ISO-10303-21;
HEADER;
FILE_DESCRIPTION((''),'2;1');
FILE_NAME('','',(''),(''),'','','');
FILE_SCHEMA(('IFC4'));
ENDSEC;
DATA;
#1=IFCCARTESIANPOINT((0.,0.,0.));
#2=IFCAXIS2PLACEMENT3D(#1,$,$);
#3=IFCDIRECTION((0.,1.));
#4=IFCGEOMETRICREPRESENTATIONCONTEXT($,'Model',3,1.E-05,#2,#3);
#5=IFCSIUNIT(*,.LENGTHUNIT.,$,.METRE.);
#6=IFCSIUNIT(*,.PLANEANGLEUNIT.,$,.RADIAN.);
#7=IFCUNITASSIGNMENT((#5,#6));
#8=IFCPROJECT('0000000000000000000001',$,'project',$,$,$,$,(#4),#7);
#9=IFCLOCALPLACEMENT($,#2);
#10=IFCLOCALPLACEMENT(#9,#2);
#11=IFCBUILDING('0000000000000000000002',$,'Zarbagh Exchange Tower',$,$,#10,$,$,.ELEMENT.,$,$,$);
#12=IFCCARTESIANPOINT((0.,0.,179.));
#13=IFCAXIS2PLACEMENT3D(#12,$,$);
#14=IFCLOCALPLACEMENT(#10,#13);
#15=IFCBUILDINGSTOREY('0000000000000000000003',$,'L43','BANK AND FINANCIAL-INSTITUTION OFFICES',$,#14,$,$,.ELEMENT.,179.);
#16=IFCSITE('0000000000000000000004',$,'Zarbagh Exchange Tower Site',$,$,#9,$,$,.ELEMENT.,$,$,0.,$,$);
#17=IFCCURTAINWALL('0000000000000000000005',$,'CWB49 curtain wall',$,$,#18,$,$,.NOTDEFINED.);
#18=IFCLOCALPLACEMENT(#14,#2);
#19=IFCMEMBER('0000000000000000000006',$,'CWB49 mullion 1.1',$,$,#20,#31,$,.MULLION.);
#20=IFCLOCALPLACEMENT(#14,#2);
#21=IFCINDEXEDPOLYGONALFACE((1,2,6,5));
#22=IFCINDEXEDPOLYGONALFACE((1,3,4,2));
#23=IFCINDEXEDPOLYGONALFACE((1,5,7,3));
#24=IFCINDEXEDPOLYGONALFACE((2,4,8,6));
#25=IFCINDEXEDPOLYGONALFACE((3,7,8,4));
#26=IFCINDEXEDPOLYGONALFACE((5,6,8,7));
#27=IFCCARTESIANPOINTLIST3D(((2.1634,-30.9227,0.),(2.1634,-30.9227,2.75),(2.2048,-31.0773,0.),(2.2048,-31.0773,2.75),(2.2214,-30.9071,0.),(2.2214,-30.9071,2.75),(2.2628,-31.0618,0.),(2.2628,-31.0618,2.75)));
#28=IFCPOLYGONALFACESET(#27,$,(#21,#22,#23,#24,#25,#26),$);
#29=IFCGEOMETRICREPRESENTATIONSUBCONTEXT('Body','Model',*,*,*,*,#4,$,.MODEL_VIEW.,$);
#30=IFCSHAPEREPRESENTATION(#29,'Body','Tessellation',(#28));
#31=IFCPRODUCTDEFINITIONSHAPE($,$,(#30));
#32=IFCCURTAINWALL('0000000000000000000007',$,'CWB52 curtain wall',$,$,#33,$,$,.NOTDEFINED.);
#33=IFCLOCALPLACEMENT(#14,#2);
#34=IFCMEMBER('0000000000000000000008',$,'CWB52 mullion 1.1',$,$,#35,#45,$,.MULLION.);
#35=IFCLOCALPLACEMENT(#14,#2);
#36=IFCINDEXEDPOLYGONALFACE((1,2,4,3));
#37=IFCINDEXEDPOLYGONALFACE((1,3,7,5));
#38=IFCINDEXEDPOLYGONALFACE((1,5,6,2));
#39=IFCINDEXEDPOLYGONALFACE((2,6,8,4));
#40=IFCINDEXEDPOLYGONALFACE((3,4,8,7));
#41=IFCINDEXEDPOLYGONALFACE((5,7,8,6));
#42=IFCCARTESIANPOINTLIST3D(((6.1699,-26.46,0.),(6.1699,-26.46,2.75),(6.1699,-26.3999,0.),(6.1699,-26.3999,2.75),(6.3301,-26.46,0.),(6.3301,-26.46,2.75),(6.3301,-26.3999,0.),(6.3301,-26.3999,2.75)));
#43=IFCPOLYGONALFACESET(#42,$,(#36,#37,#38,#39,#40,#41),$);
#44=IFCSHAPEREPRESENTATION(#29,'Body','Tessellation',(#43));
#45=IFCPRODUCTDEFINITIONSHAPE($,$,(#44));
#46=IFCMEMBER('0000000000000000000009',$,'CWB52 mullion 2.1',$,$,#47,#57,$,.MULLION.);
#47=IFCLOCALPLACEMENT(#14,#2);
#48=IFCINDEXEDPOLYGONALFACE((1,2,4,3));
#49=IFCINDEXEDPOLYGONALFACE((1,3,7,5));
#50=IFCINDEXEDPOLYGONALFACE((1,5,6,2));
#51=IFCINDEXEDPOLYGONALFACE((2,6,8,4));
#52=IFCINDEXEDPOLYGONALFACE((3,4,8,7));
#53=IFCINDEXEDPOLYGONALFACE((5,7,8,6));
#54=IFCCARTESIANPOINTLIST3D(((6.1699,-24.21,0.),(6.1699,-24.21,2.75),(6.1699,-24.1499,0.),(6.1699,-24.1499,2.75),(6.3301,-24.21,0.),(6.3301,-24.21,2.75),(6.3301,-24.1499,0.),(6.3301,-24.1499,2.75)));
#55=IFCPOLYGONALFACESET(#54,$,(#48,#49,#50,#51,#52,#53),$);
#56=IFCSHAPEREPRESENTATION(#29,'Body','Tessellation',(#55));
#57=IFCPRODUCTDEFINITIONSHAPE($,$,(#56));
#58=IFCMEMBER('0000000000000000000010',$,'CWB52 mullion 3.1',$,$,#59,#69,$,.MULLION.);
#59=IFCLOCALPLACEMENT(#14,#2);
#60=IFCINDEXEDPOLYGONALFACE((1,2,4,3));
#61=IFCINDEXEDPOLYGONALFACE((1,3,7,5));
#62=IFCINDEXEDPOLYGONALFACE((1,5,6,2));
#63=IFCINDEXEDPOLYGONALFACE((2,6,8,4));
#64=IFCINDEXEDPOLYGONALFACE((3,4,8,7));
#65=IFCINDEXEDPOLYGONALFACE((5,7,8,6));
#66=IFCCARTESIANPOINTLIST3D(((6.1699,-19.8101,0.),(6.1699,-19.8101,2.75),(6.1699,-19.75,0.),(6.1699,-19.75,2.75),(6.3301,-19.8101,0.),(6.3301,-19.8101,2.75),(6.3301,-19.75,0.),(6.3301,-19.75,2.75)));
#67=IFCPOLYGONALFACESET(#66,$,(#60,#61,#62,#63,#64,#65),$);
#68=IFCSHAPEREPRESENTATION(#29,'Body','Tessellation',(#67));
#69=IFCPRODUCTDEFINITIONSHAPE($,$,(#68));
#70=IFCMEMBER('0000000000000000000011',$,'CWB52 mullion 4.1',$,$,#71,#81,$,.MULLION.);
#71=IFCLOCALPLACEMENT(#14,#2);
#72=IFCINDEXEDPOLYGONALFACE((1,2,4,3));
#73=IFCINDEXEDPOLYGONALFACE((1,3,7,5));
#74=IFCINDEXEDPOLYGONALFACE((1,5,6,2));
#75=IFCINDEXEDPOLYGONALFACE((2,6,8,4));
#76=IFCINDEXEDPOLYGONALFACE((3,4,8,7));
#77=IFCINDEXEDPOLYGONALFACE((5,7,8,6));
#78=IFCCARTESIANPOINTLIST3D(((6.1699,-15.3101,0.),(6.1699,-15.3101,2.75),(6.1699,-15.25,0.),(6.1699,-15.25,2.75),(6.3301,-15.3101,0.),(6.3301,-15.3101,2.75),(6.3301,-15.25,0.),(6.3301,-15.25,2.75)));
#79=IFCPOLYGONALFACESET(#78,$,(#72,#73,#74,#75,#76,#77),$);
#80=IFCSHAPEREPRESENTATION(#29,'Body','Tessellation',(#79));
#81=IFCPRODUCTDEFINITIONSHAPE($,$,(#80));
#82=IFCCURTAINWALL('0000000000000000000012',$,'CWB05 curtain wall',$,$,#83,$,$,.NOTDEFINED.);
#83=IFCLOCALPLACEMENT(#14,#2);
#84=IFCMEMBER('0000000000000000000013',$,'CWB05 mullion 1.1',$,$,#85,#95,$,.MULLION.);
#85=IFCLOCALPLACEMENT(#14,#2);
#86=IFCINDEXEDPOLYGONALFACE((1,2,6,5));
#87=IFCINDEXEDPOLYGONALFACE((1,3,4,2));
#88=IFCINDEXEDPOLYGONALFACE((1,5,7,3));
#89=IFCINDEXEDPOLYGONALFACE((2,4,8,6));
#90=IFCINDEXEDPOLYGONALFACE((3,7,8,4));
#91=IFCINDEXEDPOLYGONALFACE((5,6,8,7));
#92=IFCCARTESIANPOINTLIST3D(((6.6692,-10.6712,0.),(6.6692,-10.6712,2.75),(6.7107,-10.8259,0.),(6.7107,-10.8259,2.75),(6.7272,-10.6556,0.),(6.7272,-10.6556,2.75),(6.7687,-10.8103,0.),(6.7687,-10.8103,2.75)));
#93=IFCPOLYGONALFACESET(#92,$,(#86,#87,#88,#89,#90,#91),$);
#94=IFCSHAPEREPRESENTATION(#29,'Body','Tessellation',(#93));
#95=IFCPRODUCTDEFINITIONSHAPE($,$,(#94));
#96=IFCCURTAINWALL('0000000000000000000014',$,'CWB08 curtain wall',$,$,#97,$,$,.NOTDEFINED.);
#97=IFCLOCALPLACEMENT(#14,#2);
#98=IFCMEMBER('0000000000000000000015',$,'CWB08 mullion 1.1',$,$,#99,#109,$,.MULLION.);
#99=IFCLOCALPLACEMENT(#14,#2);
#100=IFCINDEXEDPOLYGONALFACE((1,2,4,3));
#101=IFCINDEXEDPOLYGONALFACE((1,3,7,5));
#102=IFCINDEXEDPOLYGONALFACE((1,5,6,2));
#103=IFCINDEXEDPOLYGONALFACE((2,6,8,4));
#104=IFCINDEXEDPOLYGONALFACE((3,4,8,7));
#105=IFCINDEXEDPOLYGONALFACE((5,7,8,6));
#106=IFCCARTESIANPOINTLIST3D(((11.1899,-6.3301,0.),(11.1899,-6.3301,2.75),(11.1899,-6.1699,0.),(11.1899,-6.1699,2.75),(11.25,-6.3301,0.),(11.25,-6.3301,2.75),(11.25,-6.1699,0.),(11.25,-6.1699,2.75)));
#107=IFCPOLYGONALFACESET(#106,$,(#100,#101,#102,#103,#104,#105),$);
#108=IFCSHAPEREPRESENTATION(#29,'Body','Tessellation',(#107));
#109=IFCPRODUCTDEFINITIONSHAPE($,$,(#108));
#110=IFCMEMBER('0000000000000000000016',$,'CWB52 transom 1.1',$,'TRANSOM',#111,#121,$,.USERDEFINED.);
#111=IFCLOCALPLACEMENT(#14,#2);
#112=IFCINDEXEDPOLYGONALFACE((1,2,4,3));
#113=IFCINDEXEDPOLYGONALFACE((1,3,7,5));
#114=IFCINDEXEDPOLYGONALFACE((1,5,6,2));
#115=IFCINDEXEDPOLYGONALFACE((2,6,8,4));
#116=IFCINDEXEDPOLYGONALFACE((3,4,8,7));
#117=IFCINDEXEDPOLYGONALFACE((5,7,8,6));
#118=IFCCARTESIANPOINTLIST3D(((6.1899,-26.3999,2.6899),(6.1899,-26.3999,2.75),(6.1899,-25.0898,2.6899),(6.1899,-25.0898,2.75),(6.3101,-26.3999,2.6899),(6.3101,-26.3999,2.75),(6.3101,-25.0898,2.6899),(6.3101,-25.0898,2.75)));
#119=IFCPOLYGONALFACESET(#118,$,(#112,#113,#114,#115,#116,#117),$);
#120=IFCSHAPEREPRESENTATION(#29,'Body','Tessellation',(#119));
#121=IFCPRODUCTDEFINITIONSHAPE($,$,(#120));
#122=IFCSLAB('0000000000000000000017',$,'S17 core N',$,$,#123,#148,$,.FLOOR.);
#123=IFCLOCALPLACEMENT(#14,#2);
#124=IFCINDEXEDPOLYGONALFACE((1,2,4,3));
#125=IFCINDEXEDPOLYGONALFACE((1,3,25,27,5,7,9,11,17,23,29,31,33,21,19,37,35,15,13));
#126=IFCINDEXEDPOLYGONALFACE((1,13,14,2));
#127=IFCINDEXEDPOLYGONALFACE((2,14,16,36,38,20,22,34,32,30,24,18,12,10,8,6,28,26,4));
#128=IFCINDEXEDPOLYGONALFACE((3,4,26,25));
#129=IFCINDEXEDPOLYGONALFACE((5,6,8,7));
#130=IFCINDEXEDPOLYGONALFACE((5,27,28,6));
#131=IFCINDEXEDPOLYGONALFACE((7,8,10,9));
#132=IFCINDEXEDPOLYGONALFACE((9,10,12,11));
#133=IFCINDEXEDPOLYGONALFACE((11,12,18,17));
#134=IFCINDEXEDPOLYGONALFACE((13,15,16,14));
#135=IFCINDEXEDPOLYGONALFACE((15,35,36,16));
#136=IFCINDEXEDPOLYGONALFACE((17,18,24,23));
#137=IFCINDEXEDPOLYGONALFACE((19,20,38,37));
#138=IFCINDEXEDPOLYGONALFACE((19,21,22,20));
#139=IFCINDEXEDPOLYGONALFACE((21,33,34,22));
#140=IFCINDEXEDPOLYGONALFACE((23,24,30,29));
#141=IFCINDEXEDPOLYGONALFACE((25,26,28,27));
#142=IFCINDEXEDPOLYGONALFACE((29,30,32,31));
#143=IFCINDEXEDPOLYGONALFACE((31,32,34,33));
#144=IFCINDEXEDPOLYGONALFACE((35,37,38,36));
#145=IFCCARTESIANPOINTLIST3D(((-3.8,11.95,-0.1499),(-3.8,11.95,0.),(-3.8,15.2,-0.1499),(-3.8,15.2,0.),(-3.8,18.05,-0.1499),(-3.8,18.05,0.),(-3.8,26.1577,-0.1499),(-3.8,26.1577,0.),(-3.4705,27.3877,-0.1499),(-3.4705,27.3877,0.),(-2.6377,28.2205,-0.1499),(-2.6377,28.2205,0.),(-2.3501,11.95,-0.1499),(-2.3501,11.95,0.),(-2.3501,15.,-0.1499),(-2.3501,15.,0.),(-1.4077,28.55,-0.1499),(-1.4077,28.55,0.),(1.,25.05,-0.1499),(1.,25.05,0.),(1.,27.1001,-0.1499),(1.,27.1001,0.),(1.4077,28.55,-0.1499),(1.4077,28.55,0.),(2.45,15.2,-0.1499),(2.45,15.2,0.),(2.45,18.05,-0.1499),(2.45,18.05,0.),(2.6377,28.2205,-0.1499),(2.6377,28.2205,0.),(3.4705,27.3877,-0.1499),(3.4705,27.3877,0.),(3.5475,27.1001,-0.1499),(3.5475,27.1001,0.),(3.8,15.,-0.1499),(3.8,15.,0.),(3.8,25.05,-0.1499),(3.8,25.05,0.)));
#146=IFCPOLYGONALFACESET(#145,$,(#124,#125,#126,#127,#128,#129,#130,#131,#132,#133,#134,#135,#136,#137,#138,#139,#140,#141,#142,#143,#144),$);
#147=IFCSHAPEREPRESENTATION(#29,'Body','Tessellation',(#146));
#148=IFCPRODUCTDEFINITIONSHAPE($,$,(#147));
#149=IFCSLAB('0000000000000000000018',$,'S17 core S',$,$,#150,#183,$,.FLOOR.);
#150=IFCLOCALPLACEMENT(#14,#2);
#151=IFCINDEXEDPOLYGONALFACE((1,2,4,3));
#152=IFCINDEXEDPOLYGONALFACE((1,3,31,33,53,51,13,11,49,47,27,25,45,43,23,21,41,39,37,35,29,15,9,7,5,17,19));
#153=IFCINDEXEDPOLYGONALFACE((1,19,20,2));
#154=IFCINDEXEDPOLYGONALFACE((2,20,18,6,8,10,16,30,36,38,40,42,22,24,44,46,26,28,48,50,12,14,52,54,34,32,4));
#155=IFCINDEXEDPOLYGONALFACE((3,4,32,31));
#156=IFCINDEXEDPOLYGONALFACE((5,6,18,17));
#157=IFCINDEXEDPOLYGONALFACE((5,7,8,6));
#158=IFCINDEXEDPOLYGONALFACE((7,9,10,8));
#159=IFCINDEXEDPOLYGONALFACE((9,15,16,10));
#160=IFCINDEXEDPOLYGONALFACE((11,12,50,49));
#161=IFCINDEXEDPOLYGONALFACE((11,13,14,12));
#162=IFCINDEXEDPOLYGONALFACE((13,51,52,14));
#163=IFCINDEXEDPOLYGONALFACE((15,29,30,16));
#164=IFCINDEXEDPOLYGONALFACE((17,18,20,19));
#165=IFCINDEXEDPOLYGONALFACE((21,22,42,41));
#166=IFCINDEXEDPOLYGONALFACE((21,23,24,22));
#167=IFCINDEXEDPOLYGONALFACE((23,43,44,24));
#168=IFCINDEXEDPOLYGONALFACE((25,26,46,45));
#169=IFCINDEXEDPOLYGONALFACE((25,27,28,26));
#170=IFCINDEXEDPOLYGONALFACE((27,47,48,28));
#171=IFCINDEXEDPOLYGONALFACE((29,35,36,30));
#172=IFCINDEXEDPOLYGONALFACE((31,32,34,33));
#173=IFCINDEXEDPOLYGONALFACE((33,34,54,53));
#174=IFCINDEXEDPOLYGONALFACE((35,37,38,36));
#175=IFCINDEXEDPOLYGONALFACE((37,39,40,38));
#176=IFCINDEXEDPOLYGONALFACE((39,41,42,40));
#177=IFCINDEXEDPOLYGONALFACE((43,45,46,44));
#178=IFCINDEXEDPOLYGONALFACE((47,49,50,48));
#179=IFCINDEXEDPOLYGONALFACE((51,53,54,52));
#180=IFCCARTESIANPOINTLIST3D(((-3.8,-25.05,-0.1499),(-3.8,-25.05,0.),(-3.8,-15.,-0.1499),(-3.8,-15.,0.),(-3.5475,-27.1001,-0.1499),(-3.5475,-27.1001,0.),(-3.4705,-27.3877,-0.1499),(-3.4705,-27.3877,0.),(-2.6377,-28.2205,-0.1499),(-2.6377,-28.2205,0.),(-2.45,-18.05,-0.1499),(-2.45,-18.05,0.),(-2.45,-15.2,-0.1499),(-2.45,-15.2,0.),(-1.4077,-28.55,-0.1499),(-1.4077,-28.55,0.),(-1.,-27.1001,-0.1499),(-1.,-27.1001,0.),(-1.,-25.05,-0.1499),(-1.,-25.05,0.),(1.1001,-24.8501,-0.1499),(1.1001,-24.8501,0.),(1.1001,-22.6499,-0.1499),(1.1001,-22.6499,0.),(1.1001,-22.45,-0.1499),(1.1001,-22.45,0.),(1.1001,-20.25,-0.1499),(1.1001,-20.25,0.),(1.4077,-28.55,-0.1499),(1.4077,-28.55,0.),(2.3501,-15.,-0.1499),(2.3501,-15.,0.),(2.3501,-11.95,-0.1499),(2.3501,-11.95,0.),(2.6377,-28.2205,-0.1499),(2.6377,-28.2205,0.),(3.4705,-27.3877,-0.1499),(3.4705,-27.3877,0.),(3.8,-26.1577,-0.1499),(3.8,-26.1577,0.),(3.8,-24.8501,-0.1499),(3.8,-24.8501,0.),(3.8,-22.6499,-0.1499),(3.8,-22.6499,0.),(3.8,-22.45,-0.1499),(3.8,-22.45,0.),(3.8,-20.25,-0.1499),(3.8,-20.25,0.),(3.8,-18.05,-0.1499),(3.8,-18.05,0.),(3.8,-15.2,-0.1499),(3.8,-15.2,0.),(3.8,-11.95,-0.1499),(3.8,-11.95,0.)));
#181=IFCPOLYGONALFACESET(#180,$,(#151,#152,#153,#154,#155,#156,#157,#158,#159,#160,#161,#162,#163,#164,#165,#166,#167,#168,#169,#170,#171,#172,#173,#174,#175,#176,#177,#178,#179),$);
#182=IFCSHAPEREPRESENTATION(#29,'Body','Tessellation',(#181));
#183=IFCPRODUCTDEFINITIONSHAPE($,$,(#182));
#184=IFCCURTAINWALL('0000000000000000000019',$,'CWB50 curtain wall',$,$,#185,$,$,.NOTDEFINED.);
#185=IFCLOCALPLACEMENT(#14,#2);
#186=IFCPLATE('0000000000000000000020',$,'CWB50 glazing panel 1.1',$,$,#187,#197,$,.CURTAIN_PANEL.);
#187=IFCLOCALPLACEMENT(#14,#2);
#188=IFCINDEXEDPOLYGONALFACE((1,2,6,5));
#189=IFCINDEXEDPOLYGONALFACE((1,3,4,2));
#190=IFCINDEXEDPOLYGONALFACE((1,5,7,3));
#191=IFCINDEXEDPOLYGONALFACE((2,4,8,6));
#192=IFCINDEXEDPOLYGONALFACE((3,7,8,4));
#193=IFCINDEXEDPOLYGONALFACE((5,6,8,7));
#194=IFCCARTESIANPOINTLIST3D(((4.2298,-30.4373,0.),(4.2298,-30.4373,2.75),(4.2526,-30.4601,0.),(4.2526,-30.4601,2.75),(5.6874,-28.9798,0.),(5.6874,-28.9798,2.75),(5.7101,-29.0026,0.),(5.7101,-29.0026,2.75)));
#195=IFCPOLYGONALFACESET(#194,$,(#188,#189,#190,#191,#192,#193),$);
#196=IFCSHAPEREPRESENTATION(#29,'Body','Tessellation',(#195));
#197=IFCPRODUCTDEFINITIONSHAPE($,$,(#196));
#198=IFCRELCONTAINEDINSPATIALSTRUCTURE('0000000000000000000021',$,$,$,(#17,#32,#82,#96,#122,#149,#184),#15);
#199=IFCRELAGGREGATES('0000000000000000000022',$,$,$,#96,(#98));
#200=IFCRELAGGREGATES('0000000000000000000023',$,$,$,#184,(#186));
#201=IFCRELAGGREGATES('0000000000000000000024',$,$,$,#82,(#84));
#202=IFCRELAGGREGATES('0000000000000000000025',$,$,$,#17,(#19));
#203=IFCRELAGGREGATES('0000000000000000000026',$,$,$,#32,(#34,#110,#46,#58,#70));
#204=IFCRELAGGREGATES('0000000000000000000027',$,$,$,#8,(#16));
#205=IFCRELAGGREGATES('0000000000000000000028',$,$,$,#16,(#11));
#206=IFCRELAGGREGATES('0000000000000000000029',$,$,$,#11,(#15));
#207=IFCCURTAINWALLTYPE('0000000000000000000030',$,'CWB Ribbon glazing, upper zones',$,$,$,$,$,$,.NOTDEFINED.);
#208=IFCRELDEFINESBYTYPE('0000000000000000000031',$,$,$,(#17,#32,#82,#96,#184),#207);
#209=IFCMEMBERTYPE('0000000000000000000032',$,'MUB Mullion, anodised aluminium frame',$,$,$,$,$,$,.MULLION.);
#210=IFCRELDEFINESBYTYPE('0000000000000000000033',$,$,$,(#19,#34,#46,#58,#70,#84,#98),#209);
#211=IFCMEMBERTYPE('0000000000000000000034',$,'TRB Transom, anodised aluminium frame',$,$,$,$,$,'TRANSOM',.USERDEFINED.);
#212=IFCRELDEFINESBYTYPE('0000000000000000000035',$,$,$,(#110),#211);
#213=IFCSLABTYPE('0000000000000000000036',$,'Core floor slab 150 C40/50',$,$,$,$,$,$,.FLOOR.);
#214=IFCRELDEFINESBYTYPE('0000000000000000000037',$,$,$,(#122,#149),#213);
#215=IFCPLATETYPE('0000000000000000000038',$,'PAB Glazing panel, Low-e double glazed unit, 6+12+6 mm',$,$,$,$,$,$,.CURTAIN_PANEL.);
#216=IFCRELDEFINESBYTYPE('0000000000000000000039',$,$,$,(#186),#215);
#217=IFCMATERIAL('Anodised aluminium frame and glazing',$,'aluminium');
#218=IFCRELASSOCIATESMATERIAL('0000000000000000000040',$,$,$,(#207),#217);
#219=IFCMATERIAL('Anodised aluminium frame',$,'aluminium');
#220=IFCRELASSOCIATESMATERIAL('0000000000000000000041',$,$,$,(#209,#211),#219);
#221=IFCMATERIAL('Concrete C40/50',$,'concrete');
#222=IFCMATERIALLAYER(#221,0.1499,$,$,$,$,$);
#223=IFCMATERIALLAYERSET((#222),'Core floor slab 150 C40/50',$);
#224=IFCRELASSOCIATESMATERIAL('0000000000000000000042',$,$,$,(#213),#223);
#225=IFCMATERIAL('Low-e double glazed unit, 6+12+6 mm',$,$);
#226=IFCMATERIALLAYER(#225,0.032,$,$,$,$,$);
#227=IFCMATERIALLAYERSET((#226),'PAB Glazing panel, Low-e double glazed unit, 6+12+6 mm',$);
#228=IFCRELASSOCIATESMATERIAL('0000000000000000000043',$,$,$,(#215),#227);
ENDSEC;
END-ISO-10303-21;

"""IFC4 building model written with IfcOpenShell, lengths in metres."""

from ifc_helpers import new_model, si_unit, direction, frame, origin, place, context, subcontext, project, spatial, polyline, outline, extrude, source, transform, mapped, material, layer, layer_set, type_object, element, aggregate, save


model = new_model("IFC4")

# Units and contexts
model_context = context("Model", 3, precision=1e-05, world=origin(), true_north=direction((0.0, 1.0)))
body_context = subcontext(model_context, "Body", "Model", "MODEL_VIEW")
ifc_project = project(units=[si_unit("LENGTHUNIT", "METRE"), si_unit("PLANEANGLEUNIT", "RADIAN")], contexts=[model_context])

# Site, building, storey
site_placement = place(None, origin())
site = spatial("IfcSite", under=ifc_project, at=site_placement, Name="Zarbagh Exchange Tower Site", CompositionType="ELEMENT", RefElevation=0.0)
building_placement = place(site_placement, origin())
building = spatial("IfcBuilding", under=site, at=building_placement, Name="Zarbagh Exchange Tower", CompositionType="ELEMENT")
storey_placement = place(building_placement, frame((0.0, 0.0, 179.0)))
storey = spatial("IfcBuildingStorey", under=building, at=storey_placement, Name="L43", Description="BANK AND FINANCIAL-INSTITUTION OFFICES", CompositionType="ELEMENT", Elevation=179.0)

# Curtain wall, member
ifc_material_1 = material(Name="Anodised aluminium frame and glazing", Category="aluminium")
curtain_wall_type = type_object("IfcCurtainWallType", Name="CWB Ribbon glazing, upper zones", PredefinedType="NOTDEFINED", material=ifc_material_1)
curtain_wall_1_placement = place(storey_placement, origin())
curtain_wall_1 = element("IfcCurtainWall", 1, at=curtain_wall_1_placement, inside=storey, type_object=curtain_wall_type, Name="CWB49 curtain wall", PredefinedType="NOTDEFINED")
ifc_material_2 = material(Name="Anodised aluminium frame", Category="aluminium")
member_type_1 = type_object("IfcMemberType", Name="MUB Mullion, anodised aluminium frame", PredefinedType="MULLION", material=ifc_material_2)
shared_shape_1 = source(origin(), body_context, "Body", "SweptSolid", [
    extrude(outline(polyline([(0.0, -0.0801), (0.0601, -0.0801), (0.0601, 0.0801), (0.0, 0.0801), (0.0, -0.0801)])), origin(), (0.0, 0.0, 1.0), 2.75),
])
placement = place(storey_placement, origin())
member_1 = element("IfcMember", 2, at=placement, type_object=member_type_1, Name="CWB49 mullion 1.1", PredefinedType="MULLION", context=body_context, shape_type="MappedRepresentation", body=[
    mapped(shared_shape_1, transform((2.1841, -31.0, 0.0), x_axis=(0.965924, 0.258825, 0.0), y_axis=(-0.258825, 0.965924, 0.0), z_axis=(0.0, 0.0, 1.0))),
])

# Curtain wall, members
curtain_wall_2_placement = place(storey_placement, origin())
curtain_wall_2 = element("IfcCurtainWall", 3, at=curtain_wall_2_placement, inside=storey, type_object=curtain_wall_type, Name="CWB52 curtain wall", PredefinedType="NOTDEFINED")
member_2 = element("IfcMember", 4, at=placement, type_object=member_type_1, Name="CWB52 mullion 1.1", PredefinedType="MULLION", context=body_context, shape_type="MappedRepresentation", body=[
    mapped(shared_shape_1, transform((6.25, -26.46, 0.0), x_axis=(0.0, 1.0, 0.0), y_axis=(-1.0, 0.0, 0.0), z_axis=(0.0, 0.0, 1.0))),
])
member_3 = element("IfcMember", 5, at=placement, type_object=member_type_1, Name="CWB52 mullion 2.1", PredefinedType="MULLION", context=body_context, shape_type="MappedRepresentation", body=[
    mapped(shared_shape_1, transform((6.25, -24.21, 0.0), x_axis=(0.0, 1.0, 0.0), y_axis=(-1.0, 0.0, 0.0), z_axis=(0.0, 0.0, 1.0))),
])
member_4 = element("IfcMember", 6, at=placement, type_object=member_type_1, Name="CWB52 mullion 3.1", PredefinedType="MULLION", context=body_context, shape_type="MappedRepresentation", body=[
    mapped(shared_shape_1, transform((6.25, -19.8101, 0.0), x_axis=(0.0, 1.0, 0.0), y_axis=(-1.0, 0.0, 0.0), z_axis=(0.0, 0.0, 1.0))),
])
member_5 = element("IfcMember", 7, at=placement, type_object=member_type_1, Name="CWB52 mullion 4.1", PredefinedType="MULLION", context=body_context, shape_type="MappedRepresentation", body=[
    mapped(shared_shape_1, transform((6.25, -15.3101, 0.0), x_axis=(0.0, 1.0, 0.0), y_axis=(-1.0, 0.0, 0.0), z_axis=(0.0, 0.0, 1.0))),
])

# Curtain walls, members
curtain_wall_3_placement = place(storey_placement, origin())
curtain_wall_3 = element("IfcCurtainWall", 8, at=curtain_wall_3_placement, inside=storey, type_object=curtain_wall_type, Name="CWB05 curtain wall", PredefinedType="NOTDEFINED")
member_6 = element("IfcMember", 9, at=placement, type_object=member_type_1, Name="CWB05 mullion 1.1", PredefinedType="MULLION", context=body_context, shape_type="MappedRepresentation", body=[
    mapped(shared_shape_1, transform((6.6899, -10.7485, 0.0), x_axis=(0.965924, 0.258825, 0.0), y_axis=(-0.258825, 0.965924, 0.0), z_axis=(0.0, 0.0, 1.0))),
])
curtain_wall_4_placement = place(storey_placement, origin())
curtain_wall_4 = element("IfcCurtainWall", 10, at=curtain_wall_4_placement, inside=storey, type_object=curtain_wall_type, Name="CWB08 curtain wall", PredefinedType="NOTDEFINED")
member_7 = element("IfcMember", 11, at=placement, type_object=member_type_1, Name="CWB08 mullion 1.1", PredefinedType="MULLION", context=body_context, shape_type="MappedRepresentation", body=[
    mapped(shared_shape_1, transform((11.1899, -6.25, 0.0), x_axis=(1.0, 0.0, 0.0), y_axis=(0.0, 1.0, 0.0), z_axis=(0.0, 0.0, 1.0))),
])
aggregate(curtain_wall_4, [member_7])

# Member
member_type_2 = type_object("IfcMemberType", Name="TRB Transom, anodised aluminium frame", ElementType="TRANSOM", PredefinedType="USERDEFINED", material=ifc_material_2)
shared_shape_2 = source(origin(), body_context, "Body", "SweptSolid", [
    extrude(outline(polyline([(-0.0601, -0.0601), (0.0, -0.0601), (0.0, 0.0601), (-0.0601, 0.0601), (-0.0601, -0.0601)])), origin(), (0.0, 0.0, 1.0), 1.3101),
])
member_8 = element("IfcMember", 12, at=placement, type_object=member_type_2, Name="CWB52 transom 1.1", ObjectType="TRANSOM", PredefinedType="USERDEFINED", context=body_context, shape_type="MappedRepresentation", body=[
    mapped(shared_shape_2, transform((6.25, -26.3999, 2.75), x_axis=(0.0, 0.0, 1.0), y_axis=(1.0, 0.0, 0.0), z_axis=(0.0, 1.0, 0.0))),
])

# Slabs
ifc_material_3 = material(Name="Concrete C40/50", Category="concrete")
ifc_layer_1 = layer(ifc_material_3, 0.1499)
ifc_layer_set_1 = layer_set([ifc_layer_1], Name="Core floor slab 150 C40/50")
slab_type = type_object("IfcSlabType", Name="Core floor slab 150 C40/50", PredefinedType="FLOOR", material=ifc_layer_set_1)
slab_1_placement = place(storey_placement, frame((0.0, 0.0, -0.1499)))
element("IfcSlab", 13, at=slab_1_placement, inside=storey, type_object=slab_type, Name="S17 core N", PredefinedType="FLOOR", context=body_context, shape_type="SweptSolid", body=[
    extrude(outline(polyline([(-3.8, 11.95), (-3.8, 15.2), (2.45, 15.2), (2.45, 18.05), (-3.8, 18.05), (-3.8, 26.1577), (-3.4705, 27.3877), (-2.6377, 28.2205), (-1.4077, 28.55), (1.4077, 28.55), (2.6377, 28.2205), (3.4705, 27.3877), (3.8, 26.1577), (3.8, 26.1577), (3.5476, 27.1001), (1.0, 27.1001), (1.0, 25.05), (3.8, 25.05), (3.8, 15.0), (-2.3501, 15.0), (-2.3501, 11.95), (-3.8, 11.95)])), origin(), (0.0, 0.0, 1.0), 0.1499),
])
slab_2_placement = place(storey_placement, frame((0.0, 0.0, -0.1499)))
element("IfcSlab", 14, at=slab_2_placement, inside=storey, type_object=slab_type, Name="S17 core S", PredefinedType="FLOOR", context=body_context, shape_type="SweptSolid", body=[
    extrude(outline(polyline([(-2.6377, -28.2205), (-3.4705, -27.3877), (-3.8, -26.1577), (-3.8, -26.1577), (-3.5476, -27.1001), (-1.0, -27.1001), (-1.0, -25.05), (-3.8, -25.05), (-3.8, -15.0), (2.3501, -15.0), (2.3501, -11.95), (3.8, -11.95), (3.8, -15.2), (-2.45, -15.2), (-2.45, -18.05), (3.8, -18.05), (3.8, -20.25), (1.1001, -20.25), (1.1001, -22.45), (3.8, -22.45), (3.8, -22.6499), (1.1001, -22.6499), (1.1001, -24.8501), (3.8, -24.8501), (3.8, -26.1577), (3.4705, -27.3877), (2.6377, -28.2205), (1.4077, -28.55), (-1.4077, -28.55), (-2.6377, -28.2205)])), origin(), (0.0, 0.0, 1.0), 0.1499),
])

# Curtain wall, plate
curtain_wall_5_placement = place(storey_placement, origin())
curtain_wall_5 = element("IfcCurtainWall", 15, at=curtain_wall_5_placement, inside=storey, type_object=curtain_wall_type, Name="CWB50 curtain wall", PredefinedType="NOTDEFINED")
ifc_material_4 = material(Name="Low-e double glazed unit, 6+12+6 mm")
ifc_layer_2 = layer(ifc_material_4, 0.032)
ifc_layer_set_2 = layer_set([ifc_layer_2], Name="PAB Glazing panel, Low-e double glazed unit, 6+12+6 mm")
plate_type = type_object("IfcPlateType", Name="PAB Glazing panel, Low-e double glazed unit, 6+12+6 mm", PredefinedType="CURTAIN_PANEL", material=ifc_layer_set_2)
shared_shape_3 = source(origin(), body_context, "Body", "SweptSolid", [
    extrude(outline(polyline([(0.0, -0.0161), (2.0613, -0.0161), (2.0613, 0.0161), (0.0, 0.0161), (0.0, -0.0161)])), origin(), (0.0, 0.0, 1.0), 2.75),
])
plate_1 = element("IfcPlate", 16, at=placement, type_object=plate_type, Name="CWB50 glazing panel 1.1", PredefinedType="CURTAIN_PANEL", context=body_context, shape_type="MappedRepresentation", body=[
    mapped(shared_shape_3, transform((4.2412, -30.4487, 0.0), x_axis=(0.707107, 0.707107, 0.0), y_axis=(-0.707107, 0.707107, 0.0), z_axis=(0.0, 0.0, 1.0))),
])
aggregate(curtain_wall_5, [plate_1])

aggregate(curtain_wall_3, [member_6])

aggregate(curtain_wall_1, [member_1])

aggregate(curtain_wall_2, [member_2, member_8, member_3, member_4, member_5])

save(model, "model.ifc")
